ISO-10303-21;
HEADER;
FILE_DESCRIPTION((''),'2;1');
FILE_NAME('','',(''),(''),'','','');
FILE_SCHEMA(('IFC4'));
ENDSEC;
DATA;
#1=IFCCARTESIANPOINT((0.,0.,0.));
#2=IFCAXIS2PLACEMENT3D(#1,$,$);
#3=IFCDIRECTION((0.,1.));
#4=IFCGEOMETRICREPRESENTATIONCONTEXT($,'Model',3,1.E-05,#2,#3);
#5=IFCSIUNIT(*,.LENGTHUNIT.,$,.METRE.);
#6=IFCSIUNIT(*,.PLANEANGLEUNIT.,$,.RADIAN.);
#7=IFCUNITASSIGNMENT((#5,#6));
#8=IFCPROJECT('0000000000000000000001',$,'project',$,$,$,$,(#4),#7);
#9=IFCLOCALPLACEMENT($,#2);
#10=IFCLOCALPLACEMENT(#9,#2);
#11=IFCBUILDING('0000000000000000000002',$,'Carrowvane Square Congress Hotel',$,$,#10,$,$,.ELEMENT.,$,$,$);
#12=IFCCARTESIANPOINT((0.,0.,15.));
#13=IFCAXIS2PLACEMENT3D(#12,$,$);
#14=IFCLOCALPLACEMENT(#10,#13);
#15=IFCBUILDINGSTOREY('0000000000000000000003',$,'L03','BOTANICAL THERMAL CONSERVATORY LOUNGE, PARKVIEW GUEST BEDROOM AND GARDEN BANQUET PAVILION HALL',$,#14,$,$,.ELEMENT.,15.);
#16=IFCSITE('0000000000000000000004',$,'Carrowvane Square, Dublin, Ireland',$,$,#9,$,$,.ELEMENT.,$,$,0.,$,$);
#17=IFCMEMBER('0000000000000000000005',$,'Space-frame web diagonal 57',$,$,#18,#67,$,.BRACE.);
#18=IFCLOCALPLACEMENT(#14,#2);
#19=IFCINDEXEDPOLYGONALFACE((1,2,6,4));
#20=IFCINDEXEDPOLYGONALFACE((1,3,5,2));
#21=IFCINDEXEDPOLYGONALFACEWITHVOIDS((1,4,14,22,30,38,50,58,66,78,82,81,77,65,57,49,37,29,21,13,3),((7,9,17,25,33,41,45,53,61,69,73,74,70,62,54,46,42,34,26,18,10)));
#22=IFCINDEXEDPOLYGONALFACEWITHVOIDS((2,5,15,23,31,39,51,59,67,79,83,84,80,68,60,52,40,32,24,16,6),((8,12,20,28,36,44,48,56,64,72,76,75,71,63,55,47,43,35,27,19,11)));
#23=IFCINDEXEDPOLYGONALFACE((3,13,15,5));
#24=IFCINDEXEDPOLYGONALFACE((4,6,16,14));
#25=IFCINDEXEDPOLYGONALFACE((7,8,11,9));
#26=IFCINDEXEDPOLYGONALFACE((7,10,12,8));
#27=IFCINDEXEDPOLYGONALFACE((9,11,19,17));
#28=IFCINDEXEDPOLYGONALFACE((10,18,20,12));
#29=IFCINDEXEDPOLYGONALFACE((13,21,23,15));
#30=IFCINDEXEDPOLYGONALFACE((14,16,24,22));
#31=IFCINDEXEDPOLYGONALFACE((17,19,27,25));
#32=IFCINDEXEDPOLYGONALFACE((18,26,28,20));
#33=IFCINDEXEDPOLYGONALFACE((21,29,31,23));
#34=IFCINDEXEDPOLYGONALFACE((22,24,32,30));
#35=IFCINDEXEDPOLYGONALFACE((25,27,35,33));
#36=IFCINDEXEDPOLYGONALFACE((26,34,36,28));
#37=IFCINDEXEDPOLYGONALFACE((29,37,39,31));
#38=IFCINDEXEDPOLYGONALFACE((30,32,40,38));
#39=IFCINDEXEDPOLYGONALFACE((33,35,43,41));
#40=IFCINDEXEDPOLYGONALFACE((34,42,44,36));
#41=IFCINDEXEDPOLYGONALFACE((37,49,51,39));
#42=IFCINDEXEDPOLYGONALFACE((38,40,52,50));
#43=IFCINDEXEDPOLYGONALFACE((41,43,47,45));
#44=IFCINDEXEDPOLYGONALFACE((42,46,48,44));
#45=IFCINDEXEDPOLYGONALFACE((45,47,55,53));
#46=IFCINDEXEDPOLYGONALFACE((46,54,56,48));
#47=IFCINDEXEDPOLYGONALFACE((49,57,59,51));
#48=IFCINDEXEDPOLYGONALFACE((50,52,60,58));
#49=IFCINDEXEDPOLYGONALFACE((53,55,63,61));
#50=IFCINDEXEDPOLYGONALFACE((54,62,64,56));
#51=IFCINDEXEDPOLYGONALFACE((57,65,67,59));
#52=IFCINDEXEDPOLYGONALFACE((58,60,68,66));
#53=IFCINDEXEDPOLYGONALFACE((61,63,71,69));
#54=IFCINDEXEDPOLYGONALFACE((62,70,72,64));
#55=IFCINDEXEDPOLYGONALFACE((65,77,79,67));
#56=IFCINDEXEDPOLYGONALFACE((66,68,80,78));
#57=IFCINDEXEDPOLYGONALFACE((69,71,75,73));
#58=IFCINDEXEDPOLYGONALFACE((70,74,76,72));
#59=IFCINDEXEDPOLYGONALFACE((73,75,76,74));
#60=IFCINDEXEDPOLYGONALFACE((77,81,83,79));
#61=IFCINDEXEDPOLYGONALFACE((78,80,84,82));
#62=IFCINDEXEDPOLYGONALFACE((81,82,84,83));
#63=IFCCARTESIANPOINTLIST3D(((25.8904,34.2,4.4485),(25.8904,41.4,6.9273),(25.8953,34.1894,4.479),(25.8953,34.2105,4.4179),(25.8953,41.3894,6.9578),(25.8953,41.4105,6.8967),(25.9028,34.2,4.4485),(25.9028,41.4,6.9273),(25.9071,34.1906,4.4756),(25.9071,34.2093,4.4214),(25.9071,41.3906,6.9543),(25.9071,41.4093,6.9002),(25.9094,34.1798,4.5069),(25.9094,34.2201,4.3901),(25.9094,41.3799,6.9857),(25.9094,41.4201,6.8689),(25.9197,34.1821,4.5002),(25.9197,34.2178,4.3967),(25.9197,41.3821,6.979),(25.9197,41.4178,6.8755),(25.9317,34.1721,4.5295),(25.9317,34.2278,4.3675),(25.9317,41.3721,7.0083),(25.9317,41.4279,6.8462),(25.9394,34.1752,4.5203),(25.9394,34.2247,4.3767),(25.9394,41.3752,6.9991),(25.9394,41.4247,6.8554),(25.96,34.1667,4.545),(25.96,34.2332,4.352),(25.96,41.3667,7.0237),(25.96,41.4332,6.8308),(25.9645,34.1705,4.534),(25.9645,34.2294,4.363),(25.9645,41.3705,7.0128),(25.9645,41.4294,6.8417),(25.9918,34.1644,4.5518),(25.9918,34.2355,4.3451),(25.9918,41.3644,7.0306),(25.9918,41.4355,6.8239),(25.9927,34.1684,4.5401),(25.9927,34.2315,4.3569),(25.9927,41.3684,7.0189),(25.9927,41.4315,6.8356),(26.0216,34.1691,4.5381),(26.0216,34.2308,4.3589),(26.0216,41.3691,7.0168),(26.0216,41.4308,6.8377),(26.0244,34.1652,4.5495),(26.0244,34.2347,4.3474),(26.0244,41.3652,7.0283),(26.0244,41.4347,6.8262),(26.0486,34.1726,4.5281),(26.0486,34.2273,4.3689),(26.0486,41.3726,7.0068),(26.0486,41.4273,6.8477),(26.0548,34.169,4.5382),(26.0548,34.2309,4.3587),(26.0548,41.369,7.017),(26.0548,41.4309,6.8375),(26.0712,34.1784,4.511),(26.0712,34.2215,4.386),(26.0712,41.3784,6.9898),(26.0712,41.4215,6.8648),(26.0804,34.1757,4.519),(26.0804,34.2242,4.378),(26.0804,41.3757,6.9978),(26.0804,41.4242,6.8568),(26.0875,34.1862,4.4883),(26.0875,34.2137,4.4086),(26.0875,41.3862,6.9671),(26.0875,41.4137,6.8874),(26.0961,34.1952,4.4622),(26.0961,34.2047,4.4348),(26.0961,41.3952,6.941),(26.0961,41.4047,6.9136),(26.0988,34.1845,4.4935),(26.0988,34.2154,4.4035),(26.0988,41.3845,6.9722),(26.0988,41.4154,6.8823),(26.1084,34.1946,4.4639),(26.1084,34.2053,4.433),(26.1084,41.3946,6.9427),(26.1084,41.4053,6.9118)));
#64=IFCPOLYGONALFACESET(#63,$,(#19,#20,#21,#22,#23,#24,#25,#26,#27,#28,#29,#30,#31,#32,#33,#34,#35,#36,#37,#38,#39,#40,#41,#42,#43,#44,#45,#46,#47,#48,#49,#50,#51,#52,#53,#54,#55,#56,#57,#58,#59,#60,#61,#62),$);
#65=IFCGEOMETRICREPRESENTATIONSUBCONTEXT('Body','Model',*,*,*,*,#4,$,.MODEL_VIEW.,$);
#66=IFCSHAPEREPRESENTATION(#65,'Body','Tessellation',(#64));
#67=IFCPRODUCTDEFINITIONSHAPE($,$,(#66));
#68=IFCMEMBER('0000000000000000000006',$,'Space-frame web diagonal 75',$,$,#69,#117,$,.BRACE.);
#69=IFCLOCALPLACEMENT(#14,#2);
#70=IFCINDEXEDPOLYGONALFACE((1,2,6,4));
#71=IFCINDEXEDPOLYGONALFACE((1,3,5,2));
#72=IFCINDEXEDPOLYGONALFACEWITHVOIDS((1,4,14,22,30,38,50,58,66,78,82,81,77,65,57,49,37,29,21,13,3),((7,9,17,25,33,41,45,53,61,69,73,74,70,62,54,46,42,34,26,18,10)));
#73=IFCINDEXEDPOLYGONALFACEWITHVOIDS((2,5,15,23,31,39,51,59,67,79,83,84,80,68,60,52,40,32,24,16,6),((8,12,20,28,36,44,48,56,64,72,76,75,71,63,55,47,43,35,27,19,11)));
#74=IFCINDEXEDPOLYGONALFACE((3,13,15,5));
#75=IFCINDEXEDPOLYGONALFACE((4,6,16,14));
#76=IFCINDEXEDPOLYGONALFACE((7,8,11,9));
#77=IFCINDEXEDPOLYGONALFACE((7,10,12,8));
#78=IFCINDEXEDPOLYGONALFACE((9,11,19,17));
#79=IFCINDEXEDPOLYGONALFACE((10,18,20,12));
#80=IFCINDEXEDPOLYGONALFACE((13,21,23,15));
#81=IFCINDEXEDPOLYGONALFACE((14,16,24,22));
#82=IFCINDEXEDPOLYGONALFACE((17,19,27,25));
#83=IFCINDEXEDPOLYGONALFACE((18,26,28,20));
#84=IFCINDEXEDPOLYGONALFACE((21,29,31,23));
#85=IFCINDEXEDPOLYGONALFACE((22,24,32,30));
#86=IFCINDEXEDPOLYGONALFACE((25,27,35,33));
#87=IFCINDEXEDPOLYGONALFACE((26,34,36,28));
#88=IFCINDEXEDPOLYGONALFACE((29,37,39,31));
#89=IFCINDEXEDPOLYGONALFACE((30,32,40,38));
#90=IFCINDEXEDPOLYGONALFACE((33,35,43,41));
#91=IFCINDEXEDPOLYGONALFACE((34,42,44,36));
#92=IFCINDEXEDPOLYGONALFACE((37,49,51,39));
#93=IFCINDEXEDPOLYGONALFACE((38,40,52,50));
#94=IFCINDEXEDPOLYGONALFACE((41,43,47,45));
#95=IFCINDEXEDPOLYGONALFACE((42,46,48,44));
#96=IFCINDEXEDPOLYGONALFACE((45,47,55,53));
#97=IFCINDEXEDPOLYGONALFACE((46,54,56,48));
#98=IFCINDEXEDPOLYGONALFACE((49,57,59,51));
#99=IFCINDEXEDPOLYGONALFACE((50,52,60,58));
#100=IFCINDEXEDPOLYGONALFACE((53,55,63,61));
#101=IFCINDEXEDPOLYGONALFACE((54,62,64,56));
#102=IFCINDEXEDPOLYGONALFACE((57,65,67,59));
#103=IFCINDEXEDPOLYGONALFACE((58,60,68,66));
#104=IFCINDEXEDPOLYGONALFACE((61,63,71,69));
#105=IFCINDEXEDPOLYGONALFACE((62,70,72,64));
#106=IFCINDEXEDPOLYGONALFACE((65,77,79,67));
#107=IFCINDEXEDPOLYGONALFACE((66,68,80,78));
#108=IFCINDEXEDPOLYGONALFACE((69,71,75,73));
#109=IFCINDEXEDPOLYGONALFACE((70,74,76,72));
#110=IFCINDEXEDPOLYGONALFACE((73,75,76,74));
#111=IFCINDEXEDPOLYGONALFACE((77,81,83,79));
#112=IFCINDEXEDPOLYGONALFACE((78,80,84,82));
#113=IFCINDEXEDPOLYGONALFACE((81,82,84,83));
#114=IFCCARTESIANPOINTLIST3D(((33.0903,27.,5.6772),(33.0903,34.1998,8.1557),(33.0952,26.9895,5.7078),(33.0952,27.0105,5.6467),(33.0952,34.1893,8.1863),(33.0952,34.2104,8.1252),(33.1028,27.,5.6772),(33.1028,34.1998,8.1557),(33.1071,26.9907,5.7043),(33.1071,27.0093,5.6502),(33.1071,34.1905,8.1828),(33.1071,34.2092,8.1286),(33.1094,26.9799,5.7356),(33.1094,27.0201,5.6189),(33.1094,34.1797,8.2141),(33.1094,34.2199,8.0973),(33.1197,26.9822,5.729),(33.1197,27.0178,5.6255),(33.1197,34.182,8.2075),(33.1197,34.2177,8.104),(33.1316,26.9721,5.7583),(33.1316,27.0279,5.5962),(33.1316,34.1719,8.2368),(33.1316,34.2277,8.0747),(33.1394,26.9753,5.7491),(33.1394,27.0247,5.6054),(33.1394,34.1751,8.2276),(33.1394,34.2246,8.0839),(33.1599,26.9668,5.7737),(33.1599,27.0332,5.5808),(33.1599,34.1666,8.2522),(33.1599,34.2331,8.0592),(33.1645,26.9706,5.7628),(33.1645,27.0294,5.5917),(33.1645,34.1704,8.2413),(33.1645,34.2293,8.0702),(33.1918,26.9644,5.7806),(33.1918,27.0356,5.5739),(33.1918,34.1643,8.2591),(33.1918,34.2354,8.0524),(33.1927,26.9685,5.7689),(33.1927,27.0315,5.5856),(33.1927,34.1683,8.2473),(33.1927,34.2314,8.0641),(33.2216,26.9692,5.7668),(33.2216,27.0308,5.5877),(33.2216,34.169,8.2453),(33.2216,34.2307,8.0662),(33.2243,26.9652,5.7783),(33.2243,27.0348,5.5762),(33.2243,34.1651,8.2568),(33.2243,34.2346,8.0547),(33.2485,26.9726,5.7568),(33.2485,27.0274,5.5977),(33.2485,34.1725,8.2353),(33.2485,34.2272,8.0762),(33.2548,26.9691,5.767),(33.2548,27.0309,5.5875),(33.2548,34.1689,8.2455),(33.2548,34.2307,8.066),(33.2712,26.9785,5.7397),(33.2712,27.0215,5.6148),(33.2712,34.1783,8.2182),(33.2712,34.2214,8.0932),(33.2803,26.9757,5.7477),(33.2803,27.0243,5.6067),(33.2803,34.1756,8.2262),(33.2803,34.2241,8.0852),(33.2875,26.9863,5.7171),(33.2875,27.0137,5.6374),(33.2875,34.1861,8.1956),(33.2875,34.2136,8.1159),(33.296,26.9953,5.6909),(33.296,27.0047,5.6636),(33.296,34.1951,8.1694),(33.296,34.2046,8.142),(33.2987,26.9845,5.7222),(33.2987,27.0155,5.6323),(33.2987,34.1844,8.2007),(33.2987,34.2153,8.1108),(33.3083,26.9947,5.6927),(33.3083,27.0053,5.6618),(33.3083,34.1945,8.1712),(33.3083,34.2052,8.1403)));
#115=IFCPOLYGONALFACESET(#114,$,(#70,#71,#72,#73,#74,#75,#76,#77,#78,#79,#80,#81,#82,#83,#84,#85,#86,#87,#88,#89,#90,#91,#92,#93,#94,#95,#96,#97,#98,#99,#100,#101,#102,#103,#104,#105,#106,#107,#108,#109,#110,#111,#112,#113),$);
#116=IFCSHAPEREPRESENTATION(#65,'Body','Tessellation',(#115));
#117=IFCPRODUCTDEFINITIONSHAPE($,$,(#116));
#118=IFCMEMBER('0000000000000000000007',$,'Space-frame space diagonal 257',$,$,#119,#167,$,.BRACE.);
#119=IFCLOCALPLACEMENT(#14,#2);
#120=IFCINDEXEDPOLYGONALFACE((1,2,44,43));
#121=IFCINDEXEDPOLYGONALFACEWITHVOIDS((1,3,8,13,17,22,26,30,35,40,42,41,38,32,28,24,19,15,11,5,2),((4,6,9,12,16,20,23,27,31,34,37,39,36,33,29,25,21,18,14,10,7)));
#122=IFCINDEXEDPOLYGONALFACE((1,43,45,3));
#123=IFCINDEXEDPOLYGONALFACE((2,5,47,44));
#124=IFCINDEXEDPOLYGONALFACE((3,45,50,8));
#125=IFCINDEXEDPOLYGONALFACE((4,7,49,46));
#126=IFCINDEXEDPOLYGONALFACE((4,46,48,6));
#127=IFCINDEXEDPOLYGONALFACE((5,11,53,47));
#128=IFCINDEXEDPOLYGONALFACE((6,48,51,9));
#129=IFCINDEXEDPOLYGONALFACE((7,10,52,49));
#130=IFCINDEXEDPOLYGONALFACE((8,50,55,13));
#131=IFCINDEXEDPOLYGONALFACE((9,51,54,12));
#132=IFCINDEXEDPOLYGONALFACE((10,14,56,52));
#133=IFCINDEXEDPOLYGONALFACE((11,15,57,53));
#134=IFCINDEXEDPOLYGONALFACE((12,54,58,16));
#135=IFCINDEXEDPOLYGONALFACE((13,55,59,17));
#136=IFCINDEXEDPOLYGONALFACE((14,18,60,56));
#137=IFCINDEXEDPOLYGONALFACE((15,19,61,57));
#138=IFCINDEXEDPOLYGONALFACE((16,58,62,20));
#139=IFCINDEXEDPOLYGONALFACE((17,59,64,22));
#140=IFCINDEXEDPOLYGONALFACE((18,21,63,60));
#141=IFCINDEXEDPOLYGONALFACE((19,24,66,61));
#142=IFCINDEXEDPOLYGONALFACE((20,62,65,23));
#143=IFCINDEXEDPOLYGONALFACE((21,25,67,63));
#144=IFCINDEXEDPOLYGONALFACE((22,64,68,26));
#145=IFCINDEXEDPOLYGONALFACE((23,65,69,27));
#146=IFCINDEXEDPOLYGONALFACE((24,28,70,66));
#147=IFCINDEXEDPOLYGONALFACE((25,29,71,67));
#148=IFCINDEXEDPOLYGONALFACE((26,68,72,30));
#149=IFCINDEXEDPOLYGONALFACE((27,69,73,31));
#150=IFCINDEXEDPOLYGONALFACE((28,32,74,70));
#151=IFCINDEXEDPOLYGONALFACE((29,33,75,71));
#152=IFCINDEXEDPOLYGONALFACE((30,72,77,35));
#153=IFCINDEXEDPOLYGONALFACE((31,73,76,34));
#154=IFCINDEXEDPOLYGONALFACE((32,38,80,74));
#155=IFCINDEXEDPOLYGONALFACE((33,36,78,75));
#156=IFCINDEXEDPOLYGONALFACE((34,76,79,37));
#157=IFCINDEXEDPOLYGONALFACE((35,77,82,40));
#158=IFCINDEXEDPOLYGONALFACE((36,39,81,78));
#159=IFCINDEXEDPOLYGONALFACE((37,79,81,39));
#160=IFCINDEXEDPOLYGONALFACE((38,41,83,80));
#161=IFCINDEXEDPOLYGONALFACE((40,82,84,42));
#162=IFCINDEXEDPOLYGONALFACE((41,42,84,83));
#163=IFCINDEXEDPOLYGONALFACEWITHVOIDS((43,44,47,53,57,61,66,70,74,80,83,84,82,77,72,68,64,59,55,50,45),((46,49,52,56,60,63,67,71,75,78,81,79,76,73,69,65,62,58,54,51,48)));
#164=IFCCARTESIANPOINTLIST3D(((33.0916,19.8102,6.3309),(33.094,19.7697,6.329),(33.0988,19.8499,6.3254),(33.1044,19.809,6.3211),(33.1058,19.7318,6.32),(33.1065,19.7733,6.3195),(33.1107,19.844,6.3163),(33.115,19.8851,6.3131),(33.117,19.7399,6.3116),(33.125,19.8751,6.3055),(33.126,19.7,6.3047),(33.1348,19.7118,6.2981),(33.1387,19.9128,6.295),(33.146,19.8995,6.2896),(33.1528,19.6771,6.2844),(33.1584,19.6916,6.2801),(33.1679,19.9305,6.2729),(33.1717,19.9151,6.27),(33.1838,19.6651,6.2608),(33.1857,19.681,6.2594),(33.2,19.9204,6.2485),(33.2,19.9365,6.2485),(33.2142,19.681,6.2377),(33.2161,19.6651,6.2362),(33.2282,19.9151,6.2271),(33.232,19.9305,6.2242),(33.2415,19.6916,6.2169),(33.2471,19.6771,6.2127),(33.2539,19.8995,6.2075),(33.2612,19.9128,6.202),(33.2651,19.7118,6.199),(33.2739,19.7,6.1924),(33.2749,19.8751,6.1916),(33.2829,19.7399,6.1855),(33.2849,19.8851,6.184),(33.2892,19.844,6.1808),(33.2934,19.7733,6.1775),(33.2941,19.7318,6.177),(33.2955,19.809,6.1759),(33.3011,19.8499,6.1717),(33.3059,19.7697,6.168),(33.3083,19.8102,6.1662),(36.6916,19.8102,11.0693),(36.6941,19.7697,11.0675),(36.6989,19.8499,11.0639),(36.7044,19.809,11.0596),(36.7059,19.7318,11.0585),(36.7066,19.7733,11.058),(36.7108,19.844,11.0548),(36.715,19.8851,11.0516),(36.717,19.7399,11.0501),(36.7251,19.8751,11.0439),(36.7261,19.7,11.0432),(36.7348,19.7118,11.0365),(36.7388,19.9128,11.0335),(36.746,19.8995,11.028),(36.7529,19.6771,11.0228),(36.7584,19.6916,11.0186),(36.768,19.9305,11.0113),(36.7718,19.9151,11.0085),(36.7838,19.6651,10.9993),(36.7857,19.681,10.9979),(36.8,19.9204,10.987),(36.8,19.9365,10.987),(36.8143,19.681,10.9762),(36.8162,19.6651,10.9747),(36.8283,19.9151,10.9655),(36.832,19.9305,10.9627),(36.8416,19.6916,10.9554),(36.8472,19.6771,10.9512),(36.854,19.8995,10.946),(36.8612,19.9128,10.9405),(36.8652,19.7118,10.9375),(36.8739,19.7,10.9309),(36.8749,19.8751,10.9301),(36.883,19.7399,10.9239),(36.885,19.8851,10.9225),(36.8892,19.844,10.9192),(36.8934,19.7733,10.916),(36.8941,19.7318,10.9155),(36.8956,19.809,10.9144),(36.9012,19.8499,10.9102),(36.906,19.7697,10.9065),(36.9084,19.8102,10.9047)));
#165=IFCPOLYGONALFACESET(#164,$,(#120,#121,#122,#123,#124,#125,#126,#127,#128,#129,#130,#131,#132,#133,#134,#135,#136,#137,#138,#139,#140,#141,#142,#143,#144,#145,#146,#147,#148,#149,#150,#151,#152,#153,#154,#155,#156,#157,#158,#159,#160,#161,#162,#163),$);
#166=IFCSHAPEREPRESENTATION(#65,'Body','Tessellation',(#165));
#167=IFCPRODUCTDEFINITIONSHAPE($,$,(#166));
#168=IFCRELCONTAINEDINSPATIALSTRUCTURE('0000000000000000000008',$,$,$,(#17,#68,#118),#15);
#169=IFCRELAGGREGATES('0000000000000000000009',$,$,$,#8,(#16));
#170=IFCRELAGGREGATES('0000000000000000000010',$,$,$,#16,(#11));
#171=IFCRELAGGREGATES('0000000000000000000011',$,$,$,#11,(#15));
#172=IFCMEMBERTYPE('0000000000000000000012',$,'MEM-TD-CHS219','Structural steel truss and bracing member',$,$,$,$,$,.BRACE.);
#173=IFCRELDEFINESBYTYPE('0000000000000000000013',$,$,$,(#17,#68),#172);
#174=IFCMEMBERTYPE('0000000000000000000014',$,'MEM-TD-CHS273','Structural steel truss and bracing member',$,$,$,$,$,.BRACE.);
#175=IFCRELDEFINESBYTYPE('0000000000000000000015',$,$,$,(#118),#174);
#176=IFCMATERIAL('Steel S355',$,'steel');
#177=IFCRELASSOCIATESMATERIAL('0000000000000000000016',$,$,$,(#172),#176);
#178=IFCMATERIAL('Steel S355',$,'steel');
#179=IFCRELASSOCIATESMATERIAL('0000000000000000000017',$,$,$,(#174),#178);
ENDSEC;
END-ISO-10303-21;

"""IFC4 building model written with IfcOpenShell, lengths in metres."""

from ifc_helpers import new_model, si_unit, direction, frame, origin, origin_2d, place, context, subcontext, project, spatial, hollow_circle, extrude, material, material_profile, profile_set, type_object, element, save


model = new_model("IFC4")

# Units and contexts
model_context = context("Model", 3, precision=1e-05, world=origin(), true_north=direction((0.0, 1.0)))
body_context = subcontext(model_context, "Body", "Model", "MODEL_VIEW")
ifc_project = project(units=[si_unit("LENGTHUNIT", "METRE"), si_unit("PLANEANGLEUNIT", "RADIAN")], contexts=[model_context])

# Site, building, storey
site_placement = place(None, origin())
site = spatial("IfcSite", under=ifc_project, at=site_placement, Name="Carrowvane Square, Dublin, Ireland", CompositionType="ELEMENT", RefElevation=0.0)
building_placement = place(site_placement, origin())
building = spatial("IfcBuilding", under=site, at=building_placement, Name="Carrowvane Square Congress Hotel", CompositionType="ELEMENT")
storey_placement = place(building_placement, frame((0.0, 0.0, 15.0)))
storey = spatial("IfcBuildingStorey", under=building, at=storey_placement, Name="L03", Description="BOTANICAL THERMAL CONSERVATORY LOUNGE, PARKVIEW GUEST BEDROOM AND GARDEN BANQUET PAVILION HALL", CompositionType="ELEMENT", Elevation=15.0)

# Members
ifc_material_1 = material(Name="Steel S355", Category="steel")
ifc_material_profile_1 = material_profile(ifc_material_1, hollow_circle(Radius=0.1096, WallThickness=0.0125, at=origin_2d()), Name="CHS 219.1x12.5")
ifc_profile_set_1 = profile_set([ifc_material_profile_1], Name="Steel S355")
member_type_1 = type_object("IfcMemberType", Name="MEM-TD-CHS219", Description="Structural steel truss and bracing member", PredefinedType="BRACE", material=ifc_profile_set_1)
member_1_placement = place(storey_placement, frame((26.0, 34.2, 4.4485), z_axis=(0.0, 0.945534, 0.325523), x_axis=(-1.0, 0.0, 0.0)))
element("IfcMember", 1, at=member_1_placement, inside=storey, type_object=member_type_1, Name="Space-frame web diagonal 57", PredefinedType="BRACE", context=body_context, shape_type="SweptSolid", body=[
    extrude(hollow_circle(Radius=0.1096, WallThickness=0.0125, at=origin_2d()), origin(), (0.0, 0.0, 1.0), 7.6147),
])
member_2_placement = place(storey_placement, frame((33.2, 27.0, 5.6772), z_axis=(0.0, 0.945544, 0.325495), x_axis=(-1.0, 0.0, 0.0)))
element("IfcMember", 2, at=member_2_placement, inside=storey, type_object=member_type_1, Name="Space-frame web diagonal 75", PredefinedType="BRACE", context=body_context, shape_type="SweptSolid", body=[
    extrude(hollow_circle(Radius=0.1096, WallThickness=0.0125, at=origin_2d()), origin(), (0.0, 0.0, 1.0), 7.6145),
])
ifc_material_2 = material(Name="Steel S355", Category="steel")
ifc_material_profile_2 = material_profile(ifc_material_2, hollow_circle(Radius=0.1365, WallThickness=0.0161, at=origin_2d()), Name="CHS 273.0x16")
ifc_profile_set_2 = profile_set([ifc_material_profile_2], Name="Steel S355")
member_type_2 = type_object("IfcMemberType", Name="MEM-TD-CHS273", Description="Structural steel truss and bracing member", PredefinedType="BRACE", material=ifc_profile_set_2)
member_3_placement = place(storey_placement, frame((33.2, 19.8, 6.2485), z_axis=(0.604957, 0.0, 0.796258), x_axis=(0.0, 1.0, 0.0)))
element("IfcMember", 3, at=member_3_placement, inside=storey, type_object=member_type_2, Name="Space-frame space diagonal 257", PredefinedType="BRACE", context=body_context, shape_type="SweptSolid", body=[
    extrude(hollow_circle(Radius=0.1365, WallThickness=0.0161, at=origin_2d()), origin(), (0.0, 0.0, 1.0), 5.9509),
])

save(model, "model.ifc")
